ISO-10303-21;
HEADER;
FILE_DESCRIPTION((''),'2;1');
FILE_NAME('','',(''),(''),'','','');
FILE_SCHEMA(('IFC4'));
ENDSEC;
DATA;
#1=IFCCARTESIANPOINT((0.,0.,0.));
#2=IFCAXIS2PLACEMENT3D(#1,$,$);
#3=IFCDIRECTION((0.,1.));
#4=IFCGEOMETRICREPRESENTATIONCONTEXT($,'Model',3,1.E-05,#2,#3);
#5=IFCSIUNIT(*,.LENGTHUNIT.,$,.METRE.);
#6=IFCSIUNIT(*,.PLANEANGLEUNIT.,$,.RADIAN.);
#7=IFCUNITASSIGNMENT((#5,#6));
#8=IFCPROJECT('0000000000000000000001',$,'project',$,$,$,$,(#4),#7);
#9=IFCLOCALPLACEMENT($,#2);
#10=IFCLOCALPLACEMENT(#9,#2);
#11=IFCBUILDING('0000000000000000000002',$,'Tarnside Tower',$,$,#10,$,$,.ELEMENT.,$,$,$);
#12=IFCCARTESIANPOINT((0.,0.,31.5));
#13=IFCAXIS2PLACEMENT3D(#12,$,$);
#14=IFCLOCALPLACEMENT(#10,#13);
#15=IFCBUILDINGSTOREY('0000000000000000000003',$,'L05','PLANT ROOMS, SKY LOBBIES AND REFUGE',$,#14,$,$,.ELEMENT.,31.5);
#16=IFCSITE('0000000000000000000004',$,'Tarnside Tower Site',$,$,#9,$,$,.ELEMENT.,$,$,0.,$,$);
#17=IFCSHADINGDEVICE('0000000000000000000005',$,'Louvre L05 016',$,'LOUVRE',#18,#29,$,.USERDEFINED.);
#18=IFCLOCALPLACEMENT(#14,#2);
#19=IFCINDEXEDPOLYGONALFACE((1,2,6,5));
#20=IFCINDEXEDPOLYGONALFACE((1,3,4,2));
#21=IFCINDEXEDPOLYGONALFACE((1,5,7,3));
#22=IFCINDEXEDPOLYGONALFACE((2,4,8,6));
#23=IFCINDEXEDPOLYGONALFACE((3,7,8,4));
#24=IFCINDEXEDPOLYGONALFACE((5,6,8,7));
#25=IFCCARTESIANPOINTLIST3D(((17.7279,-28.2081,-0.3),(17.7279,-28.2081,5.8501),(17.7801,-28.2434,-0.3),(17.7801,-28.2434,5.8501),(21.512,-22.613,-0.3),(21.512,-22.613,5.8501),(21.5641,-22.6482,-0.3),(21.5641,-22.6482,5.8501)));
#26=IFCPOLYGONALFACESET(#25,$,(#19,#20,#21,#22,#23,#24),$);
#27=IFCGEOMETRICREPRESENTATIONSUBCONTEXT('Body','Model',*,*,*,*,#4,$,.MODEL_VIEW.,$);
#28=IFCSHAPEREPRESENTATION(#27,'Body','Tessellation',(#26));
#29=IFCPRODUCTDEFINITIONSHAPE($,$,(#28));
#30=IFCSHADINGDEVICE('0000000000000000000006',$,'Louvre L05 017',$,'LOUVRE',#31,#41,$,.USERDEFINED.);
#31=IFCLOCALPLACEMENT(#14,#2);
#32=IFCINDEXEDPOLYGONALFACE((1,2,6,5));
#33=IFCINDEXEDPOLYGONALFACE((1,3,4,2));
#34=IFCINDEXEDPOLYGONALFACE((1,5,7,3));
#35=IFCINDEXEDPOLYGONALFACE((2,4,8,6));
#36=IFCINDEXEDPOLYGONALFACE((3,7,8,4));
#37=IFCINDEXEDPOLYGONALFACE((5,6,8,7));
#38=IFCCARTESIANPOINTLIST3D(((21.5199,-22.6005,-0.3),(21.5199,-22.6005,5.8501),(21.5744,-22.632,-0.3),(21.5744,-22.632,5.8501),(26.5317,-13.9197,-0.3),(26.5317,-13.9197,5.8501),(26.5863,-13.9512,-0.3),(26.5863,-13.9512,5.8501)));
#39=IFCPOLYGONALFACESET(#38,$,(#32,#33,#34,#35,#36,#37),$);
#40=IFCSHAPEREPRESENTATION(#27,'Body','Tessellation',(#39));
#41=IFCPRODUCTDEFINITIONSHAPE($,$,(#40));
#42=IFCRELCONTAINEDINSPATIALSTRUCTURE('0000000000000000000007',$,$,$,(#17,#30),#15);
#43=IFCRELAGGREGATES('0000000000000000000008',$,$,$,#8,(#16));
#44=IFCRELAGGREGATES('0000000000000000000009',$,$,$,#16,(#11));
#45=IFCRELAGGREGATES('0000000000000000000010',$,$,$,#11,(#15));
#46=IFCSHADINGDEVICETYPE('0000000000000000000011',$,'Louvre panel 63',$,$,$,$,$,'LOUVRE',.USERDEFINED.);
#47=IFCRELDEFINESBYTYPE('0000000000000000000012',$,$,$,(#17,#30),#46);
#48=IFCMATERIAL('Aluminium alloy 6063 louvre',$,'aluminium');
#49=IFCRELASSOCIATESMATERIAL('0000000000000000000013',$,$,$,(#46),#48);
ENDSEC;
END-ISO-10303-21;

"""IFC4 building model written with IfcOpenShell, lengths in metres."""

from ifc_helpers import new_model, si_unit, direction, frame, origin, place, context, subcontext, project, spatial, polyline, outline, extrude, material, type_object, element, save


model = new_model("IFC4")

# Units and contexts
model_context = context("Model", 3, precision=1e-05, world=origin(), true_north=direction((0.0, 1.0)))
body_context = subcontext(model_context, "Body", "Model", "MODEL_VIEW")
ifc_project = project(units=[si_unit("LENGTHUNIT", "METRE"), si_unit("PLANEANGLEUNIT", "RADIAN")], contexts=[model_context])

# Site, building, storey
site_placement = place(None, origin())
site = spatial("IfcSite", under=ifc_project, at=site_placement, Name="Tarnside Tower Site", CompositionType="ELEMENT", RefElevation=0.0)
building_placement = place(site_placement, origin())
building = spatial("IfcBuilding", under=site, at=building_placement, Name="Tarnside Tower", CompositionType="ELEMENT")
storey_placement = place(building_placement, frame((0.0, 0.0, 31.5)))
storey = spatial("IfcBuildingStorey", under=building, at=storey_placement, Name="L05", Description="PLANT ROOMS, SKY LOBBIES AND REFUGE", CompositionType="ELEMENT", Elevation=31.5)

# Shading devices
ifc_material_1 = material(Name="Aluminium alloy 6063 louvre", Category="aluminium")
shading_device_type = type_object("IfcShadingDeviceType", Name="Louvre panel 63", ElementType="LOUVRE", PredefinedType="USERDEFINED", material=ifc_material_1)
shading_device_1_placement = place(storey_placement, frame((19.6199, -25.4106, -0.3), z_axis=(-0.560216, -0.828347, 0.0), x_axis=(0.828347, -0.560216, 0.0)))
element("IfcShadingDevice", 1, at=shading_device_1_placement, inside=storey, type_object=shading_device_type, Name="Louvre L05 016", ObjectType="LOUVRE", PredefinedType="USERDEFINED", context=body_context, shape_type="SweptSolid", body=[
    extrude(outline(polyline([(0.0, 0.0), (0.063, 0.0), (0.063, 6.1501), (0.0, 6.1501), (0.0, 0.0)])), frame((0.0, 0.0, -3.3774)), (0.0, 0.0, 1.0), 6.7546),
])
shading_device_2_placement = place(storey_placement, frame((24.0259, -18.26, -0.3), z_axis=(-0.5, -0.866026, 0.0), x_axis=(0.866026, -0.5, 0.0)))
element("IfcShadingDevice", 2, at=shading_device_2_placement, inside=storey, type_object=shading_device_type, Name="Louvre L05 017", ObjectType="LOUVRE", PredefinedType="USERDEFINED", context=body_context, shape_type="SweptSolid", body=[
    extrude(outline(polyline([(0.0, 0.0), (0.063, 0.0), (0.063, 6.1501), (0.0, 6.1501), (0.0, 0.0)])), frame((0.0, 0.0, -5.0117)), (0.0, 0.0, 1.0), 10.0237),
])

save(model, "model.ifc")
